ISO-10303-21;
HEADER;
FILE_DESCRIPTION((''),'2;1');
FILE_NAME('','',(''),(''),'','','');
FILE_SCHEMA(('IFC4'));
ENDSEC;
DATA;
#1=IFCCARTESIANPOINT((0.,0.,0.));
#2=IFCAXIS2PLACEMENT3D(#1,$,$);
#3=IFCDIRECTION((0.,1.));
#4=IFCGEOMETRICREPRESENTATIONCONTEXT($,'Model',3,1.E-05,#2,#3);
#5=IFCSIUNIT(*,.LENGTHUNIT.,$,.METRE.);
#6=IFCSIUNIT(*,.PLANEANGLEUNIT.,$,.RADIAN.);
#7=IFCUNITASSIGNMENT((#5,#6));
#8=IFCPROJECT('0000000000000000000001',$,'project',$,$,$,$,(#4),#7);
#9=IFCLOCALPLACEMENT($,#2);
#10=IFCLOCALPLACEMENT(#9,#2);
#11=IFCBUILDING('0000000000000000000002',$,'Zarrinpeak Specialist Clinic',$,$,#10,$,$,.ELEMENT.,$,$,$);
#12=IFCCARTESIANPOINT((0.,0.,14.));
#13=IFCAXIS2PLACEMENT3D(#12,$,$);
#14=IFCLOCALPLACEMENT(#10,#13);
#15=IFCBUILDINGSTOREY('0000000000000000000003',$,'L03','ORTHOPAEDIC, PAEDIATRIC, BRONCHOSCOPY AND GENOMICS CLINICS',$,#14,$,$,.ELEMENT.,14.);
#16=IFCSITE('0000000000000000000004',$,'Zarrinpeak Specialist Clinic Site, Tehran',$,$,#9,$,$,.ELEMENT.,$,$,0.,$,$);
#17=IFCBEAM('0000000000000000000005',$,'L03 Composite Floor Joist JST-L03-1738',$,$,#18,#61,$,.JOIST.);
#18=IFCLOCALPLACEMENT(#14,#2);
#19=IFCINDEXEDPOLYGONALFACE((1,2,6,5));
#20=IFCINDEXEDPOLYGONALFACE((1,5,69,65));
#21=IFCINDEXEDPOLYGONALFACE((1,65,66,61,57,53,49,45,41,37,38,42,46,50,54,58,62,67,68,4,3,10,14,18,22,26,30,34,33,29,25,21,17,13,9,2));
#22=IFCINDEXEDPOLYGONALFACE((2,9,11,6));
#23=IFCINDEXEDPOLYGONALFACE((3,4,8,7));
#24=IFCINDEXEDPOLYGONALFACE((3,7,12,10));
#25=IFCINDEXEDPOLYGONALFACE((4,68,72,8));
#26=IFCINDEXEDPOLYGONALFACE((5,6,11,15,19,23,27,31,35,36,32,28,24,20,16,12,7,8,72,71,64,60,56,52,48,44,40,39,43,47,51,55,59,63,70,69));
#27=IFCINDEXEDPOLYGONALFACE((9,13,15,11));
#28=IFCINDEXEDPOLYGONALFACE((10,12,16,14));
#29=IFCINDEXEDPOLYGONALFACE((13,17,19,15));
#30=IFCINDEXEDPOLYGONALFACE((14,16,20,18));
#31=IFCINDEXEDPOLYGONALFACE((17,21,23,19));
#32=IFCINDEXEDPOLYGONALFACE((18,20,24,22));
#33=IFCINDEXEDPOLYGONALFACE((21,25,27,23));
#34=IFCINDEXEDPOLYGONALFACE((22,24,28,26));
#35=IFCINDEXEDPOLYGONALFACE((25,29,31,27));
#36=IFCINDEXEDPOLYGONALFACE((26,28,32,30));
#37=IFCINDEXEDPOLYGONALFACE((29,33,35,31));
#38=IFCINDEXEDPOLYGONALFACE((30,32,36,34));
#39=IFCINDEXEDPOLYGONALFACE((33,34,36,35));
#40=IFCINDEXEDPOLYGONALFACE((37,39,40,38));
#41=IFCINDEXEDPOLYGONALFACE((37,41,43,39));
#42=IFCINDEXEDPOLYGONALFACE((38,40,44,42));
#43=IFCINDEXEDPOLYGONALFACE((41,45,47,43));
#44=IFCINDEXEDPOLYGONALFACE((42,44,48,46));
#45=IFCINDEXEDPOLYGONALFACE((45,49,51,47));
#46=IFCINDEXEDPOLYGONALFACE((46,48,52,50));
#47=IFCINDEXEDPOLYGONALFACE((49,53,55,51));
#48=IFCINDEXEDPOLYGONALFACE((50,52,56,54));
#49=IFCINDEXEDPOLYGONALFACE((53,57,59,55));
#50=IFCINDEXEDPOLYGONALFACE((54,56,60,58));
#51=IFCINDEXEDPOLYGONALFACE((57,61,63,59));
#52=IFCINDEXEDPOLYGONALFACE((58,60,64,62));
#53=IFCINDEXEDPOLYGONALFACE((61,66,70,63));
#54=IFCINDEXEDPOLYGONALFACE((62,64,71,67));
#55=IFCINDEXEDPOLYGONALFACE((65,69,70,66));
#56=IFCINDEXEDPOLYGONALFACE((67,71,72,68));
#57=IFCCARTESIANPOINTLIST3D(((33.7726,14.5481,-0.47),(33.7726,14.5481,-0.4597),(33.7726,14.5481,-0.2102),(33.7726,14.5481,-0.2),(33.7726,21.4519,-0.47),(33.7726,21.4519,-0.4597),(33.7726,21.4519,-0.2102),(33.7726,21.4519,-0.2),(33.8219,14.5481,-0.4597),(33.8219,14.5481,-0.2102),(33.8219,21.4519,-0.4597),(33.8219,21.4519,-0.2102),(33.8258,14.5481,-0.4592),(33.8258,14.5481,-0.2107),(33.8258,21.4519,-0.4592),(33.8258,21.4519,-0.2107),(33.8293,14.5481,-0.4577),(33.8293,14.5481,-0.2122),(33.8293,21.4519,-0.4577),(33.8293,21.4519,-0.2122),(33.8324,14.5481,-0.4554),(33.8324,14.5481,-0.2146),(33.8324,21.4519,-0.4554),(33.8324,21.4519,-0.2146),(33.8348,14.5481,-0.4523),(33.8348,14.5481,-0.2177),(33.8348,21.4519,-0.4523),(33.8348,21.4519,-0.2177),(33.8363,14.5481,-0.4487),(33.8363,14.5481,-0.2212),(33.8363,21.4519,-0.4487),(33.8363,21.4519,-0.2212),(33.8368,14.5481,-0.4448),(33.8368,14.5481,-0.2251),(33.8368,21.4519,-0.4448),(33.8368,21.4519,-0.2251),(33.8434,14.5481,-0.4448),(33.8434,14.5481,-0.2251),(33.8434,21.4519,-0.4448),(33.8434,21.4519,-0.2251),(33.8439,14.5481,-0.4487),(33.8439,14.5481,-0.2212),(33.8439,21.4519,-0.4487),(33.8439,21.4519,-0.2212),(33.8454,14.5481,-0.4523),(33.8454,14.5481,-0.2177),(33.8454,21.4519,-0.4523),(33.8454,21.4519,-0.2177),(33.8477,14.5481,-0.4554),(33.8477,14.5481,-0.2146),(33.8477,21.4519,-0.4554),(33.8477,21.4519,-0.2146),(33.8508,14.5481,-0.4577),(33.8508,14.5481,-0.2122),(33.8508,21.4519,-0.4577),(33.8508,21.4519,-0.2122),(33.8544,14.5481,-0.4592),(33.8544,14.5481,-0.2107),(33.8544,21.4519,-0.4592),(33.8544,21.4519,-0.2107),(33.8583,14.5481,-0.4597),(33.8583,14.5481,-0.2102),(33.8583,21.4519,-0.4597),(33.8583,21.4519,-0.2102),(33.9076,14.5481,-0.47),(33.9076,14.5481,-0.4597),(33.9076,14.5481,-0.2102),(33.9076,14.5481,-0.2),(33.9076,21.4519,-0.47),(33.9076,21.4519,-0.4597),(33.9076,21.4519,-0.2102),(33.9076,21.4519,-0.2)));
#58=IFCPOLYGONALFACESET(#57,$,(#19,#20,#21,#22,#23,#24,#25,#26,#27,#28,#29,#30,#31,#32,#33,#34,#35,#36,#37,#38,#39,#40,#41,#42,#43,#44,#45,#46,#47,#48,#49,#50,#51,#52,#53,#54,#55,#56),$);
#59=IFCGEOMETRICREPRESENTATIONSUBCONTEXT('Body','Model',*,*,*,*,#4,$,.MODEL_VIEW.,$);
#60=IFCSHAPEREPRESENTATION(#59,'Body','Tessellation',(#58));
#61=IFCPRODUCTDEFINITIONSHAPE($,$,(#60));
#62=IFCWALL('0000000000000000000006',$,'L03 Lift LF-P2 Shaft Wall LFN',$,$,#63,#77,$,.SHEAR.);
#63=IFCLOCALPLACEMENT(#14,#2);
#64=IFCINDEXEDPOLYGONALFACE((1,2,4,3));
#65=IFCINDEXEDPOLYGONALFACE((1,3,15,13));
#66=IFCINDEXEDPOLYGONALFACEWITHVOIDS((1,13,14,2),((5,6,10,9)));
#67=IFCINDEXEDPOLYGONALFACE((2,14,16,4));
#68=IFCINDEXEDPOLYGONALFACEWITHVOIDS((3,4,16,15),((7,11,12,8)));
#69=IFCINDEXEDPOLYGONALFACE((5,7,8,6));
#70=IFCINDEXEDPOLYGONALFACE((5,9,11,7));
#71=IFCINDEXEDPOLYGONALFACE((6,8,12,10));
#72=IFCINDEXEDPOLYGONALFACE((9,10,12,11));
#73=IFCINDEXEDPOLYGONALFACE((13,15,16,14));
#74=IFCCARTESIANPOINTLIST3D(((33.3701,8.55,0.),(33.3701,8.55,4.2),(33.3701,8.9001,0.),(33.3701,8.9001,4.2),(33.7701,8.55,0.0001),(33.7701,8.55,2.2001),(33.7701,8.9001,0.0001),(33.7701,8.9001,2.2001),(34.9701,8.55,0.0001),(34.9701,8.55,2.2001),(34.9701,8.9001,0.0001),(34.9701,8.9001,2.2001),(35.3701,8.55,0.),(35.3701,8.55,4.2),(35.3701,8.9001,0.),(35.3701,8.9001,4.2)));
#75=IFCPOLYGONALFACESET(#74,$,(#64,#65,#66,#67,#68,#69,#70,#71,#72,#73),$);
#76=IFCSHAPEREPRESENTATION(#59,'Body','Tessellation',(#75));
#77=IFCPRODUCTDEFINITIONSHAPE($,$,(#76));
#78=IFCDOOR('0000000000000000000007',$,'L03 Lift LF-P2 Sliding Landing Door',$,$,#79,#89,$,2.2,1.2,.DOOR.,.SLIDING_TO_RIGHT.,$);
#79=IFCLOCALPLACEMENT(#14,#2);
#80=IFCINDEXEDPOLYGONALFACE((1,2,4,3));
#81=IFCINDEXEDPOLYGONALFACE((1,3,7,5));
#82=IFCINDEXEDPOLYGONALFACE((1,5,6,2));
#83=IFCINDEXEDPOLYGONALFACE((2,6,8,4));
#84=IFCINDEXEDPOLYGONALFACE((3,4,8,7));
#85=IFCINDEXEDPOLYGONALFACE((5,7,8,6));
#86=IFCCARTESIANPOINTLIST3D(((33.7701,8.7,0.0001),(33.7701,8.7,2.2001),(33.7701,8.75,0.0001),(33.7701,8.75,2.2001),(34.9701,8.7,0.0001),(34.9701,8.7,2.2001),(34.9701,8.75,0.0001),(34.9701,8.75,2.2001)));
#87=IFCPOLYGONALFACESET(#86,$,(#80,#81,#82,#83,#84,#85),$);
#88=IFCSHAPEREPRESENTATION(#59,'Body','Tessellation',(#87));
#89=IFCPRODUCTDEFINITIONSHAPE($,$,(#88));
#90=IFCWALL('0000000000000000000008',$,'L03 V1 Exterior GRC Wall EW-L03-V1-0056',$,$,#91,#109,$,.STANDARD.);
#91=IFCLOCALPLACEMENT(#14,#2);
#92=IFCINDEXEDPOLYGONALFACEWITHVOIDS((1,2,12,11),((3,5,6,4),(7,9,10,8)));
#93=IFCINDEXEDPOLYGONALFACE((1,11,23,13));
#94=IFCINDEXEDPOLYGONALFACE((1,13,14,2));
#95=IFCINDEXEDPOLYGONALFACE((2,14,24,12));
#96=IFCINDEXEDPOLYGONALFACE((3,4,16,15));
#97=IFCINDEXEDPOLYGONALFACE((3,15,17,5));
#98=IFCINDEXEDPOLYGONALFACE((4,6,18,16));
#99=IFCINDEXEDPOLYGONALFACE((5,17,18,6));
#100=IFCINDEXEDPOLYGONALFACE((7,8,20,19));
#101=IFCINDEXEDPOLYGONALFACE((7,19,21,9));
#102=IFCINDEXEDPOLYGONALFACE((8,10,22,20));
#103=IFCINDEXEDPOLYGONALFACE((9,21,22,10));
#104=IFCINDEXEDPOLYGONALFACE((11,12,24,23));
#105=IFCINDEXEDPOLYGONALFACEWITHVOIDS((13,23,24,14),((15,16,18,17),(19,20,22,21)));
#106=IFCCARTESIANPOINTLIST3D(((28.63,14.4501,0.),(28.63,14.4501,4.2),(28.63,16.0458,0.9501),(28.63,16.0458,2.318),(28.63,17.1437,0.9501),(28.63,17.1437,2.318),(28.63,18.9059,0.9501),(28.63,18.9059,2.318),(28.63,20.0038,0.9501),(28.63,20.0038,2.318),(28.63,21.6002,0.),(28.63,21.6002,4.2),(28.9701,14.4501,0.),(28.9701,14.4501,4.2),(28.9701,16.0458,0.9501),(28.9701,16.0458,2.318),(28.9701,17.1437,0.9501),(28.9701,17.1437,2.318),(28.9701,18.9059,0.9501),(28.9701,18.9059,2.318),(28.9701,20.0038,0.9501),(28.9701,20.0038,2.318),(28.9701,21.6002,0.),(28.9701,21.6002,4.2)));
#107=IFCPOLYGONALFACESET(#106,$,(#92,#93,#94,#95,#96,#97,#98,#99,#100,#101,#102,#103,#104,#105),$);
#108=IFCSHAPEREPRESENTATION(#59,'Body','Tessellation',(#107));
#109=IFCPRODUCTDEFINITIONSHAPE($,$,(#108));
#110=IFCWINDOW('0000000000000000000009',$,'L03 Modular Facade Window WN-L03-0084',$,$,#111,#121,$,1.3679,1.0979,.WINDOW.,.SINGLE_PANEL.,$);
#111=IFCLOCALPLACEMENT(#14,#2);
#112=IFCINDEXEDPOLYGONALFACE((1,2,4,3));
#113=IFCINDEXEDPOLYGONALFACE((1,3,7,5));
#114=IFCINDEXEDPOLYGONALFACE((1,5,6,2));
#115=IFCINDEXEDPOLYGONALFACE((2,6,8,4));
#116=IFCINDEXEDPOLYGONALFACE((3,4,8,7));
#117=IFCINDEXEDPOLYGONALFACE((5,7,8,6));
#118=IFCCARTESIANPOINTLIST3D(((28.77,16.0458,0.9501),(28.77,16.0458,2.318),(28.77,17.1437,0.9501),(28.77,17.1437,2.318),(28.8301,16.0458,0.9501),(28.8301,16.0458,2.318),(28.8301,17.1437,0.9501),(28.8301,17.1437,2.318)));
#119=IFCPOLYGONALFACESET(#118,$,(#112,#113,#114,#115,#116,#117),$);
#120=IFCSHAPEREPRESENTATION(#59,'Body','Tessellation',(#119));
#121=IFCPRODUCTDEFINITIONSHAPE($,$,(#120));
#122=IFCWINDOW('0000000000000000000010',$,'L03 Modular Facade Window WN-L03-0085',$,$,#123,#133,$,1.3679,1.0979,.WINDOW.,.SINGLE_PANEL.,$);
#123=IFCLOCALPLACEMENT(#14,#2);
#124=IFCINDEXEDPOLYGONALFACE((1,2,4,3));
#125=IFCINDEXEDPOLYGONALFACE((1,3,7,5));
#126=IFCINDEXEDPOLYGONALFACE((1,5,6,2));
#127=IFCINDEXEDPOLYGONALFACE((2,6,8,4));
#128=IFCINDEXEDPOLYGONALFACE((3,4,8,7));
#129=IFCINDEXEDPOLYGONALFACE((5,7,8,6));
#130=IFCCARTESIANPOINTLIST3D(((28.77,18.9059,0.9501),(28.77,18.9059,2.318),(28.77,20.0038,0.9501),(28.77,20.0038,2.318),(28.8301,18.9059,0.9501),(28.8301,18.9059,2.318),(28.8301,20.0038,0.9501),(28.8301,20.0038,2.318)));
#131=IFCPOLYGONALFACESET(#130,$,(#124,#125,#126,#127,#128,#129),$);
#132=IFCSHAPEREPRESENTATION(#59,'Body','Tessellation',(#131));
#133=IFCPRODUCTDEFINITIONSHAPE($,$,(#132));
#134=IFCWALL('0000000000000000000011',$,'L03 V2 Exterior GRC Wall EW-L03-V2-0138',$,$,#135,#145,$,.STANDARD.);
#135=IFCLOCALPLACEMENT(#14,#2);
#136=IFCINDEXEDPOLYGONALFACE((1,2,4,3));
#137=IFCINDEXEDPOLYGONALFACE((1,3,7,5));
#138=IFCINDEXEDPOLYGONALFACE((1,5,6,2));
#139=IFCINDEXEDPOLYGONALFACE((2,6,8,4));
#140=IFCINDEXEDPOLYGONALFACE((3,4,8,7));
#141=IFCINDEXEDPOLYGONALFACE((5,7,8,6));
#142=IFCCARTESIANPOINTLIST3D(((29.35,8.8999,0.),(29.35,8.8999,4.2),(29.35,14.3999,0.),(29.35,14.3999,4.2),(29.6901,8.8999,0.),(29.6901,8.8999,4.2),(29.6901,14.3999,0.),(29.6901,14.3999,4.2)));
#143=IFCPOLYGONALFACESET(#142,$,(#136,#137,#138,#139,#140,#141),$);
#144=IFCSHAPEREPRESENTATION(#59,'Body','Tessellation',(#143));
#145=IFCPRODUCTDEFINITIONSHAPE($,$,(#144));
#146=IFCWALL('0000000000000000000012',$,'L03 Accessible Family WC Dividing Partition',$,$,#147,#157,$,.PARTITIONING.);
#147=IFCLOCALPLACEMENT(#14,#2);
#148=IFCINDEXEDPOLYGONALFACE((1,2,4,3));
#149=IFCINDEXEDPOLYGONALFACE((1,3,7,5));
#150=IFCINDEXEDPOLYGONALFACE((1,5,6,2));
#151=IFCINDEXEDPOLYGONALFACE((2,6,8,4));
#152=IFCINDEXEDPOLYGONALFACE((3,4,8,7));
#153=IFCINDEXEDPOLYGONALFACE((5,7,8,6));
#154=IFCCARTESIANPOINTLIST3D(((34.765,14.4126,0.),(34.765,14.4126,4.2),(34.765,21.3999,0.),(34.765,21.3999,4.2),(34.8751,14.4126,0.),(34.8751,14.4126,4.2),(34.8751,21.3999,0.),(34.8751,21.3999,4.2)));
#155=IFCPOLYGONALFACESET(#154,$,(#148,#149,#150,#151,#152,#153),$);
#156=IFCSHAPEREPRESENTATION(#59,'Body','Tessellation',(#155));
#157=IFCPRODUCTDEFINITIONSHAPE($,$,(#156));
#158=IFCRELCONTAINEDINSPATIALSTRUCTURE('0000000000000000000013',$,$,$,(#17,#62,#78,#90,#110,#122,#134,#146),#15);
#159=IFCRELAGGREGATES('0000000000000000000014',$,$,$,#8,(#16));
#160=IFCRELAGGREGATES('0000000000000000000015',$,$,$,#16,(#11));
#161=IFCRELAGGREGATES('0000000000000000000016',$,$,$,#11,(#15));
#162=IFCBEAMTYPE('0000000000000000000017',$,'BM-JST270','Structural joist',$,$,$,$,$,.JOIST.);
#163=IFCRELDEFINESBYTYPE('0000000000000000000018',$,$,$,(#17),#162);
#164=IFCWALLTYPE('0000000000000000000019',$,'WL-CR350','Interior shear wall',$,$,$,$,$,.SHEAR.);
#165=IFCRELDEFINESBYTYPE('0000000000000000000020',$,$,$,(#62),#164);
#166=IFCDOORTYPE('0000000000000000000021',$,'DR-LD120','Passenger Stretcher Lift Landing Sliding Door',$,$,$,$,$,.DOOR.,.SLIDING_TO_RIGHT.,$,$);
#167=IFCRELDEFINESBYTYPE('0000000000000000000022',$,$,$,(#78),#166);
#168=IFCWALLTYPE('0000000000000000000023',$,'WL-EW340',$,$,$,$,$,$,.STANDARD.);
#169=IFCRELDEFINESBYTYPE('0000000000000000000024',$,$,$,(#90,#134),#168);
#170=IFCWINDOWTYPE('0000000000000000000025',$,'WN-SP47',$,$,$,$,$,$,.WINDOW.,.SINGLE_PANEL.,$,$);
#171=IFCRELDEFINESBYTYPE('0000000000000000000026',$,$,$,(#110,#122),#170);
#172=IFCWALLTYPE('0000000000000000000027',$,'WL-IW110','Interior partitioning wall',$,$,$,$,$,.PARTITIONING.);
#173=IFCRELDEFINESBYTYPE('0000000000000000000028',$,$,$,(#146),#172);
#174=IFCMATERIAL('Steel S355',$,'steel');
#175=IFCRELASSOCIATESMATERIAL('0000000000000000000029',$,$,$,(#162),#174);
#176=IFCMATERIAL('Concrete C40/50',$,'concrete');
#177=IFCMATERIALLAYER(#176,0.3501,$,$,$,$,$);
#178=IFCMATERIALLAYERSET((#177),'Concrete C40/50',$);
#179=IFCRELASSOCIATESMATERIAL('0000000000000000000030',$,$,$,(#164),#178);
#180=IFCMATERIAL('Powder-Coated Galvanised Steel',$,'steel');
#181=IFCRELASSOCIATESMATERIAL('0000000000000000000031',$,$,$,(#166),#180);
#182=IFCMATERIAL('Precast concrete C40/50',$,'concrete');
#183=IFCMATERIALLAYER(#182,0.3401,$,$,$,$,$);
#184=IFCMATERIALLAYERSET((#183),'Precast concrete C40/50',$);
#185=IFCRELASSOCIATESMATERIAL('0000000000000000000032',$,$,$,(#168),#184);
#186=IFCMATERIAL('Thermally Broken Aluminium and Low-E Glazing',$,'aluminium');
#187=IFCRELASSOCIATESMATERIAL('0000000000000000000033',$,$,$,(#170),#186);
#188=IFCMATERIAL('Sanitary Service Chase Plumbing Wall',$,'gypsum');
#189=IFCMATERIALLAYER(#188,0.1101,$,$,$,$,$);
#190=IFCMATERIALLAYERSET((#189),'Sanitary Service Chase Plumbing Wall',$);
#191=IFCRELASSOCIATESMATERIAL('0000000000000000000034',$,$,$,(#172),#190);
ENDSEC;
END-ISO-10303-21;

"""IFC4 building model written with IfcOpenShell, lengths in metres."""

from ifc_helpers import new_model, si_unit, direction, frame, frame_2d, origin, origin_2d, place, context, subcontext, project, spatial, rectangle, i_section, extrude, material, layer, layer_set, material_profile, profile_set, type_object, element, fill, save


model = new_model("IFC4")

# Units and contexts
model_context = context("Model", 3, precision=1e-05, world=origin(), true_north=direction((0.0, 1.0)))
body_context = subcontext(model_context, "Body", "Model", "MODEL_VIEW")
ifc_project = project(units=[si_unit("LENGTHUNIT", "METRE"), si_unit("PLANEANGLEUNIT", "RADIAN")], contexts=[model_context])

# Site, building, storey
site_placement = place(None, origin())
site = spatial("IfcSite", under=ifc_project, at=site_placement, Name="Zarrinpeak Specialist Clinic Site, Tehran", CompositionType="ELEMENT", RefElevation=0.0)
building_placement = place(site_placement, origin())
building = spatial("IfcBuilding", under=site, at=building_placement, Name="Zarrinpeak Specialist Clinic", CompositionType="ELEMENT")
storey_placement = place(building_placement, frame((0.0, 0.0, 14.0)))
storey = spatial("IfcBuildingStorey", under=building, at=storey_placement, Name="L03", Description="ORTHOPAEDIC, PAEDIATRIC, BRONCHOSCOPY AND GENOMICS CLINICS", CompositionType="ELEMENT", Elevation=14.0)

# Shared definitions
ifc_material_1 = material(Name="Steel S355", Category="steel")

# Beam
ifc_material_profile_1 = material_profile(ifc_material_1, i_section(OverallWidth=0.135, OverallDepth=0.27, WebThickness=0.0066, FlangeThickness=0.0103, FilletRadius=0.0149, at=origin_2d()), Name="IPE 270")
ifc_profile_set_1 = profile_set([ifc_material_profile_1], Name="Steel S355")
beam_type_1 = type_object("IfcBeamType", Name="BM-JST270", Description="Structural joist", PredefinedType="JOIST", material=ifc_profile_set_1)
for number, where, z_axis, x_axis, name in (
    (1, (33.8401, 14.5481, -0.335), (0.0, 1.0, 0.0), (-1.0, 0.0, 0.0), "L03 Composite Floor Joist JST-L03-1738"),
):
    element("IfcBeam", number, at=place(storey_placement, frame(where, z_axis=z_axis, x_axis=x_axis)), inside=storey, type_object=beam_type_1, Name=name, PredefinedType="JOIST", context=body_context, shape_type="SweptSolid", body=[
        extrude(i_section(OverallWidth=0.135, OverallDepth=0.27, WebThickness=0.0066, FlangeThickness=0.0103, FilletRadius=0.0149, at=origin_2d()), origin(), (0.0, 0.0, 1.0), 6.9038),
    ])

# Wall, opening, door
ifc_material_2 = material(Name="Concrete C40/50", Category="concrete")
ifc_layer_1 = layer(ifc_material_2, 0.3501)
ifc_layer_set_1 = layer_set([ifc_layer_1], Name="Concrete C40/50")
wall_type_1 = type_object("IfcWallType", Name="WL-CR350", Description="Interior shear wall", PredefinedType="SHEAR", material=ifc_layer_set_1)
ifc_material_3 = material(Name="Powder-Coated Galvanised Steel", Category="steel")
wall_1_placement = place(storey_placement, frame((33.3701, 8.7251, 0.0), z_axis=(0.0, 0.0, 1.0), x_axis=(1.0, 0.0, 0.0)))
wall_1 = element("IfcWall", 2, at=wall_1_placement, inside=storey, type_object=wall_type_1, Name="L03 Lift LF-P2 Shaft Wall LFN", PredefinedType="SHEAR", context=body_context, shape_type="SweptSolid", body=[
    extrude(rectangle(XDim=2.0, YDim=0.3501, at=frame_2d((1.0, 0.0))), origin(), (0.0, 0.0, 1.0), 4.2),
])
opening_1_placement = place(wall_1_placement, frame((0.3999, 0.0, 0.0)))
opening_1 = element("IfcOpeningElement", 3, at=opening_1_placement, cuts=wall_1, PredefinedType="OPENING", context=body_context, shape_type="SweptSolid", body=[
    extrude(rectangle(XDim=1.2, YDim=2.2, at=frame_2d((0.6001, 1.1001))), frame((0.0, 0.1851, 0.0), z_axis=(0.0, -1.0, 0.0), x_axis=(1.0, 0.0, 0.0)), (0.0, 0.0, 1.0), 0.3701),
])
door_type_1 = type_object("IfcDoorType", Name="DR-LD120", Description="Passenger Stretcher Lift Landing Sliding Door", OperationType="SLIDING_TO_RIGHT", PredefinedType="DOOR", material=ifc_material_3)
door_1_placement = place(opening_1_placement, origin())
door_1 = element("IfcDoor", 4, at=door_1_placement, inside=storey, type_object=door_type_1, Name="L03 Lift LF-P2 Sliding Landing Door", OperationType="SLIDING_TO_RIGHT", OverallHeight=2.2, OverallWidth=1.2, PredefinedType="DOOR", context=body_context, shape_type="SweptSolid", body=[
    extrude(rectangle(XDim=1.2, YDim=2.2, at=frame_2d((0.6001, 1.1001))), frame((0.0, 0.0249, 0.0), z_axis=(0.0, -1.0, 0.0), x_axis=(1.0, 0.0, 0.0)), (0.0, 0.0, 1.0), 0.05),
])
fill(opening_1, door_1)

# Wall, openings, windows
ifc_material_4 = material(Name="Precast concrete C40/50", Category="concrete")
ifc_layer_2 = layer(ifc_material_4, 0.3401)
ifc_layer_set_2 = layer_set([ifc_layer_2], Name="Precast concrete C40/50")
wall_type_2 = type_object("IfcWallType", Name="WL-EW340", PredefinedType="STANDARD", material=ifc_layer_set_2)
wall_2_placement = place(storey_placement, frame((28.8, 14.45, 0.0), z_axis=(0.0, 0.0, 1.0), x_axis=(0.0, 1.0, 0.0)))
wall_2 = element("IfcWall", 5, at=wall_2_placement, inside=storey, type_object=wall_type_2, Name="L03 V1 Exterior GRC Wall EW-L03-V1-0056", PredefinedType="STANDARD", context=body_context, shape_type="SweptSolid", body=[
    extrude(rectangle(XDim=7.1501, YDim=0.3401, at=frame_2d((3.5752, 0.0))), origin(), (0.0, 0.0, 1.0), 4.2),
])
opening_2_placement = place(wall_2_placement, frame((1.5959, 0.0, 0.95)))
opening_2 = element("IfcOpeningElement", 6, at=opening_2_placement, cuts=wall_2, PredefinedType="OPENING", context=body_context, shape_type="SweptSolid", body=[
    extrude(rectangle(XDim=1.0979, YDim=1.3679, at=frame_2d((0.5488, 0.6841))), frame((0.0, 0.1802, 0.0), z_axis=(0.0, -1.0, 0.0), x_axis=(1.0, 0.0, 0.0)), (0.0, 0.0, 1.0), 0.3601),
])
opening_3_placement = place(wall_2_placement, frame((4.4561, 0.0, 0.95)))
opening_3 = element("IfcOpeningElement", 7, at=opening_3_placement, cuts=wall_2, PredefinedType="OPENING", context=body_context, shape_type="SweptSolid", body=[
    extrude(rectangle(XDim=1.0979, YDim=1.3679, at=frame_2d((0.5488, 0.6841))), frame((0.0, 0.1802, 0.0), z_axis=(0.0, -1.0, 0.0), x_axis=(1.0, 0.0, 0.0)), (0.0, 0.0, 1.0), 0.3601),
])
ifc_material_5 = material(Name="Thermally Broken Aluminium and Low-E Glazing", Category="aluminium")
window_type = type_object("IfcWindowType", Name="WN-SP47", PartitioningType="SINGLE_PANEL", PredefinedType="WINDOW", material=ifc_material_5)
window_1_placement = place(opening_2_placement, origin())
window_1 = element("IfcWindow", 8, at=window_1_placement, inside=storey, type_object=window_type, Name="L03 Modular Facade Window WN-L03-0084", OverallHeight=1.3679, OverallWidth=1.0979, PartitioningType="SINGLE_PANEL", PredefinedType="WINDOW", context=body_context, shape_type="SweptSolid", body=[
    extrude(rectangle(XDim=1.0979, YDim=1.3679, at=frame_2d((0.5488, 0.6841))), frame((0.0, 0.03, 0.0), z_axis=(0.0, -1.0, 0.0), x_axis=(1.0, 0.0, 0.0)), (0.0, 0.0, 1.0), 0.0601),
])
fill(opening_2, window_1)
window_2_placement = place(opening_3_placement, origin())
window_2 = element("IfcWindow", 9, at=window_2_placement, inside=storey, type_object=window_type, Name="L03 Modular Facade Window WN-L03-0085", OverallHeight=1.3679, OverallWidth=1.0979, PartitioningType="SINGLE_PANEL", PredefinedType="WINDOW", context=body_context, shape_type="SweptSolid", body=[
    extrude(rectangle(XDim=1.0979, YDim=1.3679, at=frame_2d((0.5488, 0.6841))), frame((0.0, 0.03, 0.0), z_axis=(0.0, -1.0, 0.0), x_axis=(1.0, 0.0, 0.0)), (0.0, 0.0, 1.0), 0.0601),
])
fill(opening_3, window_2)

# Walls
wall_3_placement = place(storey_placement, frame((29.52, 14.3999, 0.0), z_axis=(0.0, 0.0, 1.0), x_axis=(0.0, -1.0, 0.0)))
element("IfcWall", 10, at=wall_3_placement, inside=storey, type_object=wall_type_2, Name="L03 V2 Exterior GRC Wall EW-L03-V2-0138", PredefinedType="STANDARD", context=body_context, shape_type="SweptSolid", body=[
    extrude(rectangle(XDim=5.5, YDim=0.3401, at=frame_2d((2.75, 0.0))), origin(), (0.0, 0.0, 1.0), 4.2),
])
ifc_material_6 = material(Name="Sanitary Service Chase Plumbing Wall", Category="gypsum")
ifc_layer_3 = layer(ifc_material_6, 0.1101)
ifc_layer_set_3 = layer_set([ifc_layer_3], Name="Sanitary Service Chase Plumbing Wall")
wall_type_3 = type_object("IfcWallType", Name="WL-IW110", Description="Interior partitioning wall", PredefinedType="PARTITIONING", material=ifc_layer_set_3)
wall_4_placement = place(storey_placement, frame((34.8201, 14.4126, 0.0), z_axis=(0.0, 0.0, 1.0), x_axis=(0.0, 1.0, 0.0)))
element("IfcWall", 11, at=wall_4_placement, inside=storey, type_object=wall_type_3, Name="L03 Accessible Family WC Dividing Partition", PredefinedType="PARTITIONING", context=body_context, shape_type="SweptSolid", body=[
    extrude(rectangle(XDim=6.9873, YDim=0.1101, at=frame_2d((3.4937, 0.0))), origin(), (0.0, 0.0, 1.0), 4.2),
])

save(model, "model.ifc")
